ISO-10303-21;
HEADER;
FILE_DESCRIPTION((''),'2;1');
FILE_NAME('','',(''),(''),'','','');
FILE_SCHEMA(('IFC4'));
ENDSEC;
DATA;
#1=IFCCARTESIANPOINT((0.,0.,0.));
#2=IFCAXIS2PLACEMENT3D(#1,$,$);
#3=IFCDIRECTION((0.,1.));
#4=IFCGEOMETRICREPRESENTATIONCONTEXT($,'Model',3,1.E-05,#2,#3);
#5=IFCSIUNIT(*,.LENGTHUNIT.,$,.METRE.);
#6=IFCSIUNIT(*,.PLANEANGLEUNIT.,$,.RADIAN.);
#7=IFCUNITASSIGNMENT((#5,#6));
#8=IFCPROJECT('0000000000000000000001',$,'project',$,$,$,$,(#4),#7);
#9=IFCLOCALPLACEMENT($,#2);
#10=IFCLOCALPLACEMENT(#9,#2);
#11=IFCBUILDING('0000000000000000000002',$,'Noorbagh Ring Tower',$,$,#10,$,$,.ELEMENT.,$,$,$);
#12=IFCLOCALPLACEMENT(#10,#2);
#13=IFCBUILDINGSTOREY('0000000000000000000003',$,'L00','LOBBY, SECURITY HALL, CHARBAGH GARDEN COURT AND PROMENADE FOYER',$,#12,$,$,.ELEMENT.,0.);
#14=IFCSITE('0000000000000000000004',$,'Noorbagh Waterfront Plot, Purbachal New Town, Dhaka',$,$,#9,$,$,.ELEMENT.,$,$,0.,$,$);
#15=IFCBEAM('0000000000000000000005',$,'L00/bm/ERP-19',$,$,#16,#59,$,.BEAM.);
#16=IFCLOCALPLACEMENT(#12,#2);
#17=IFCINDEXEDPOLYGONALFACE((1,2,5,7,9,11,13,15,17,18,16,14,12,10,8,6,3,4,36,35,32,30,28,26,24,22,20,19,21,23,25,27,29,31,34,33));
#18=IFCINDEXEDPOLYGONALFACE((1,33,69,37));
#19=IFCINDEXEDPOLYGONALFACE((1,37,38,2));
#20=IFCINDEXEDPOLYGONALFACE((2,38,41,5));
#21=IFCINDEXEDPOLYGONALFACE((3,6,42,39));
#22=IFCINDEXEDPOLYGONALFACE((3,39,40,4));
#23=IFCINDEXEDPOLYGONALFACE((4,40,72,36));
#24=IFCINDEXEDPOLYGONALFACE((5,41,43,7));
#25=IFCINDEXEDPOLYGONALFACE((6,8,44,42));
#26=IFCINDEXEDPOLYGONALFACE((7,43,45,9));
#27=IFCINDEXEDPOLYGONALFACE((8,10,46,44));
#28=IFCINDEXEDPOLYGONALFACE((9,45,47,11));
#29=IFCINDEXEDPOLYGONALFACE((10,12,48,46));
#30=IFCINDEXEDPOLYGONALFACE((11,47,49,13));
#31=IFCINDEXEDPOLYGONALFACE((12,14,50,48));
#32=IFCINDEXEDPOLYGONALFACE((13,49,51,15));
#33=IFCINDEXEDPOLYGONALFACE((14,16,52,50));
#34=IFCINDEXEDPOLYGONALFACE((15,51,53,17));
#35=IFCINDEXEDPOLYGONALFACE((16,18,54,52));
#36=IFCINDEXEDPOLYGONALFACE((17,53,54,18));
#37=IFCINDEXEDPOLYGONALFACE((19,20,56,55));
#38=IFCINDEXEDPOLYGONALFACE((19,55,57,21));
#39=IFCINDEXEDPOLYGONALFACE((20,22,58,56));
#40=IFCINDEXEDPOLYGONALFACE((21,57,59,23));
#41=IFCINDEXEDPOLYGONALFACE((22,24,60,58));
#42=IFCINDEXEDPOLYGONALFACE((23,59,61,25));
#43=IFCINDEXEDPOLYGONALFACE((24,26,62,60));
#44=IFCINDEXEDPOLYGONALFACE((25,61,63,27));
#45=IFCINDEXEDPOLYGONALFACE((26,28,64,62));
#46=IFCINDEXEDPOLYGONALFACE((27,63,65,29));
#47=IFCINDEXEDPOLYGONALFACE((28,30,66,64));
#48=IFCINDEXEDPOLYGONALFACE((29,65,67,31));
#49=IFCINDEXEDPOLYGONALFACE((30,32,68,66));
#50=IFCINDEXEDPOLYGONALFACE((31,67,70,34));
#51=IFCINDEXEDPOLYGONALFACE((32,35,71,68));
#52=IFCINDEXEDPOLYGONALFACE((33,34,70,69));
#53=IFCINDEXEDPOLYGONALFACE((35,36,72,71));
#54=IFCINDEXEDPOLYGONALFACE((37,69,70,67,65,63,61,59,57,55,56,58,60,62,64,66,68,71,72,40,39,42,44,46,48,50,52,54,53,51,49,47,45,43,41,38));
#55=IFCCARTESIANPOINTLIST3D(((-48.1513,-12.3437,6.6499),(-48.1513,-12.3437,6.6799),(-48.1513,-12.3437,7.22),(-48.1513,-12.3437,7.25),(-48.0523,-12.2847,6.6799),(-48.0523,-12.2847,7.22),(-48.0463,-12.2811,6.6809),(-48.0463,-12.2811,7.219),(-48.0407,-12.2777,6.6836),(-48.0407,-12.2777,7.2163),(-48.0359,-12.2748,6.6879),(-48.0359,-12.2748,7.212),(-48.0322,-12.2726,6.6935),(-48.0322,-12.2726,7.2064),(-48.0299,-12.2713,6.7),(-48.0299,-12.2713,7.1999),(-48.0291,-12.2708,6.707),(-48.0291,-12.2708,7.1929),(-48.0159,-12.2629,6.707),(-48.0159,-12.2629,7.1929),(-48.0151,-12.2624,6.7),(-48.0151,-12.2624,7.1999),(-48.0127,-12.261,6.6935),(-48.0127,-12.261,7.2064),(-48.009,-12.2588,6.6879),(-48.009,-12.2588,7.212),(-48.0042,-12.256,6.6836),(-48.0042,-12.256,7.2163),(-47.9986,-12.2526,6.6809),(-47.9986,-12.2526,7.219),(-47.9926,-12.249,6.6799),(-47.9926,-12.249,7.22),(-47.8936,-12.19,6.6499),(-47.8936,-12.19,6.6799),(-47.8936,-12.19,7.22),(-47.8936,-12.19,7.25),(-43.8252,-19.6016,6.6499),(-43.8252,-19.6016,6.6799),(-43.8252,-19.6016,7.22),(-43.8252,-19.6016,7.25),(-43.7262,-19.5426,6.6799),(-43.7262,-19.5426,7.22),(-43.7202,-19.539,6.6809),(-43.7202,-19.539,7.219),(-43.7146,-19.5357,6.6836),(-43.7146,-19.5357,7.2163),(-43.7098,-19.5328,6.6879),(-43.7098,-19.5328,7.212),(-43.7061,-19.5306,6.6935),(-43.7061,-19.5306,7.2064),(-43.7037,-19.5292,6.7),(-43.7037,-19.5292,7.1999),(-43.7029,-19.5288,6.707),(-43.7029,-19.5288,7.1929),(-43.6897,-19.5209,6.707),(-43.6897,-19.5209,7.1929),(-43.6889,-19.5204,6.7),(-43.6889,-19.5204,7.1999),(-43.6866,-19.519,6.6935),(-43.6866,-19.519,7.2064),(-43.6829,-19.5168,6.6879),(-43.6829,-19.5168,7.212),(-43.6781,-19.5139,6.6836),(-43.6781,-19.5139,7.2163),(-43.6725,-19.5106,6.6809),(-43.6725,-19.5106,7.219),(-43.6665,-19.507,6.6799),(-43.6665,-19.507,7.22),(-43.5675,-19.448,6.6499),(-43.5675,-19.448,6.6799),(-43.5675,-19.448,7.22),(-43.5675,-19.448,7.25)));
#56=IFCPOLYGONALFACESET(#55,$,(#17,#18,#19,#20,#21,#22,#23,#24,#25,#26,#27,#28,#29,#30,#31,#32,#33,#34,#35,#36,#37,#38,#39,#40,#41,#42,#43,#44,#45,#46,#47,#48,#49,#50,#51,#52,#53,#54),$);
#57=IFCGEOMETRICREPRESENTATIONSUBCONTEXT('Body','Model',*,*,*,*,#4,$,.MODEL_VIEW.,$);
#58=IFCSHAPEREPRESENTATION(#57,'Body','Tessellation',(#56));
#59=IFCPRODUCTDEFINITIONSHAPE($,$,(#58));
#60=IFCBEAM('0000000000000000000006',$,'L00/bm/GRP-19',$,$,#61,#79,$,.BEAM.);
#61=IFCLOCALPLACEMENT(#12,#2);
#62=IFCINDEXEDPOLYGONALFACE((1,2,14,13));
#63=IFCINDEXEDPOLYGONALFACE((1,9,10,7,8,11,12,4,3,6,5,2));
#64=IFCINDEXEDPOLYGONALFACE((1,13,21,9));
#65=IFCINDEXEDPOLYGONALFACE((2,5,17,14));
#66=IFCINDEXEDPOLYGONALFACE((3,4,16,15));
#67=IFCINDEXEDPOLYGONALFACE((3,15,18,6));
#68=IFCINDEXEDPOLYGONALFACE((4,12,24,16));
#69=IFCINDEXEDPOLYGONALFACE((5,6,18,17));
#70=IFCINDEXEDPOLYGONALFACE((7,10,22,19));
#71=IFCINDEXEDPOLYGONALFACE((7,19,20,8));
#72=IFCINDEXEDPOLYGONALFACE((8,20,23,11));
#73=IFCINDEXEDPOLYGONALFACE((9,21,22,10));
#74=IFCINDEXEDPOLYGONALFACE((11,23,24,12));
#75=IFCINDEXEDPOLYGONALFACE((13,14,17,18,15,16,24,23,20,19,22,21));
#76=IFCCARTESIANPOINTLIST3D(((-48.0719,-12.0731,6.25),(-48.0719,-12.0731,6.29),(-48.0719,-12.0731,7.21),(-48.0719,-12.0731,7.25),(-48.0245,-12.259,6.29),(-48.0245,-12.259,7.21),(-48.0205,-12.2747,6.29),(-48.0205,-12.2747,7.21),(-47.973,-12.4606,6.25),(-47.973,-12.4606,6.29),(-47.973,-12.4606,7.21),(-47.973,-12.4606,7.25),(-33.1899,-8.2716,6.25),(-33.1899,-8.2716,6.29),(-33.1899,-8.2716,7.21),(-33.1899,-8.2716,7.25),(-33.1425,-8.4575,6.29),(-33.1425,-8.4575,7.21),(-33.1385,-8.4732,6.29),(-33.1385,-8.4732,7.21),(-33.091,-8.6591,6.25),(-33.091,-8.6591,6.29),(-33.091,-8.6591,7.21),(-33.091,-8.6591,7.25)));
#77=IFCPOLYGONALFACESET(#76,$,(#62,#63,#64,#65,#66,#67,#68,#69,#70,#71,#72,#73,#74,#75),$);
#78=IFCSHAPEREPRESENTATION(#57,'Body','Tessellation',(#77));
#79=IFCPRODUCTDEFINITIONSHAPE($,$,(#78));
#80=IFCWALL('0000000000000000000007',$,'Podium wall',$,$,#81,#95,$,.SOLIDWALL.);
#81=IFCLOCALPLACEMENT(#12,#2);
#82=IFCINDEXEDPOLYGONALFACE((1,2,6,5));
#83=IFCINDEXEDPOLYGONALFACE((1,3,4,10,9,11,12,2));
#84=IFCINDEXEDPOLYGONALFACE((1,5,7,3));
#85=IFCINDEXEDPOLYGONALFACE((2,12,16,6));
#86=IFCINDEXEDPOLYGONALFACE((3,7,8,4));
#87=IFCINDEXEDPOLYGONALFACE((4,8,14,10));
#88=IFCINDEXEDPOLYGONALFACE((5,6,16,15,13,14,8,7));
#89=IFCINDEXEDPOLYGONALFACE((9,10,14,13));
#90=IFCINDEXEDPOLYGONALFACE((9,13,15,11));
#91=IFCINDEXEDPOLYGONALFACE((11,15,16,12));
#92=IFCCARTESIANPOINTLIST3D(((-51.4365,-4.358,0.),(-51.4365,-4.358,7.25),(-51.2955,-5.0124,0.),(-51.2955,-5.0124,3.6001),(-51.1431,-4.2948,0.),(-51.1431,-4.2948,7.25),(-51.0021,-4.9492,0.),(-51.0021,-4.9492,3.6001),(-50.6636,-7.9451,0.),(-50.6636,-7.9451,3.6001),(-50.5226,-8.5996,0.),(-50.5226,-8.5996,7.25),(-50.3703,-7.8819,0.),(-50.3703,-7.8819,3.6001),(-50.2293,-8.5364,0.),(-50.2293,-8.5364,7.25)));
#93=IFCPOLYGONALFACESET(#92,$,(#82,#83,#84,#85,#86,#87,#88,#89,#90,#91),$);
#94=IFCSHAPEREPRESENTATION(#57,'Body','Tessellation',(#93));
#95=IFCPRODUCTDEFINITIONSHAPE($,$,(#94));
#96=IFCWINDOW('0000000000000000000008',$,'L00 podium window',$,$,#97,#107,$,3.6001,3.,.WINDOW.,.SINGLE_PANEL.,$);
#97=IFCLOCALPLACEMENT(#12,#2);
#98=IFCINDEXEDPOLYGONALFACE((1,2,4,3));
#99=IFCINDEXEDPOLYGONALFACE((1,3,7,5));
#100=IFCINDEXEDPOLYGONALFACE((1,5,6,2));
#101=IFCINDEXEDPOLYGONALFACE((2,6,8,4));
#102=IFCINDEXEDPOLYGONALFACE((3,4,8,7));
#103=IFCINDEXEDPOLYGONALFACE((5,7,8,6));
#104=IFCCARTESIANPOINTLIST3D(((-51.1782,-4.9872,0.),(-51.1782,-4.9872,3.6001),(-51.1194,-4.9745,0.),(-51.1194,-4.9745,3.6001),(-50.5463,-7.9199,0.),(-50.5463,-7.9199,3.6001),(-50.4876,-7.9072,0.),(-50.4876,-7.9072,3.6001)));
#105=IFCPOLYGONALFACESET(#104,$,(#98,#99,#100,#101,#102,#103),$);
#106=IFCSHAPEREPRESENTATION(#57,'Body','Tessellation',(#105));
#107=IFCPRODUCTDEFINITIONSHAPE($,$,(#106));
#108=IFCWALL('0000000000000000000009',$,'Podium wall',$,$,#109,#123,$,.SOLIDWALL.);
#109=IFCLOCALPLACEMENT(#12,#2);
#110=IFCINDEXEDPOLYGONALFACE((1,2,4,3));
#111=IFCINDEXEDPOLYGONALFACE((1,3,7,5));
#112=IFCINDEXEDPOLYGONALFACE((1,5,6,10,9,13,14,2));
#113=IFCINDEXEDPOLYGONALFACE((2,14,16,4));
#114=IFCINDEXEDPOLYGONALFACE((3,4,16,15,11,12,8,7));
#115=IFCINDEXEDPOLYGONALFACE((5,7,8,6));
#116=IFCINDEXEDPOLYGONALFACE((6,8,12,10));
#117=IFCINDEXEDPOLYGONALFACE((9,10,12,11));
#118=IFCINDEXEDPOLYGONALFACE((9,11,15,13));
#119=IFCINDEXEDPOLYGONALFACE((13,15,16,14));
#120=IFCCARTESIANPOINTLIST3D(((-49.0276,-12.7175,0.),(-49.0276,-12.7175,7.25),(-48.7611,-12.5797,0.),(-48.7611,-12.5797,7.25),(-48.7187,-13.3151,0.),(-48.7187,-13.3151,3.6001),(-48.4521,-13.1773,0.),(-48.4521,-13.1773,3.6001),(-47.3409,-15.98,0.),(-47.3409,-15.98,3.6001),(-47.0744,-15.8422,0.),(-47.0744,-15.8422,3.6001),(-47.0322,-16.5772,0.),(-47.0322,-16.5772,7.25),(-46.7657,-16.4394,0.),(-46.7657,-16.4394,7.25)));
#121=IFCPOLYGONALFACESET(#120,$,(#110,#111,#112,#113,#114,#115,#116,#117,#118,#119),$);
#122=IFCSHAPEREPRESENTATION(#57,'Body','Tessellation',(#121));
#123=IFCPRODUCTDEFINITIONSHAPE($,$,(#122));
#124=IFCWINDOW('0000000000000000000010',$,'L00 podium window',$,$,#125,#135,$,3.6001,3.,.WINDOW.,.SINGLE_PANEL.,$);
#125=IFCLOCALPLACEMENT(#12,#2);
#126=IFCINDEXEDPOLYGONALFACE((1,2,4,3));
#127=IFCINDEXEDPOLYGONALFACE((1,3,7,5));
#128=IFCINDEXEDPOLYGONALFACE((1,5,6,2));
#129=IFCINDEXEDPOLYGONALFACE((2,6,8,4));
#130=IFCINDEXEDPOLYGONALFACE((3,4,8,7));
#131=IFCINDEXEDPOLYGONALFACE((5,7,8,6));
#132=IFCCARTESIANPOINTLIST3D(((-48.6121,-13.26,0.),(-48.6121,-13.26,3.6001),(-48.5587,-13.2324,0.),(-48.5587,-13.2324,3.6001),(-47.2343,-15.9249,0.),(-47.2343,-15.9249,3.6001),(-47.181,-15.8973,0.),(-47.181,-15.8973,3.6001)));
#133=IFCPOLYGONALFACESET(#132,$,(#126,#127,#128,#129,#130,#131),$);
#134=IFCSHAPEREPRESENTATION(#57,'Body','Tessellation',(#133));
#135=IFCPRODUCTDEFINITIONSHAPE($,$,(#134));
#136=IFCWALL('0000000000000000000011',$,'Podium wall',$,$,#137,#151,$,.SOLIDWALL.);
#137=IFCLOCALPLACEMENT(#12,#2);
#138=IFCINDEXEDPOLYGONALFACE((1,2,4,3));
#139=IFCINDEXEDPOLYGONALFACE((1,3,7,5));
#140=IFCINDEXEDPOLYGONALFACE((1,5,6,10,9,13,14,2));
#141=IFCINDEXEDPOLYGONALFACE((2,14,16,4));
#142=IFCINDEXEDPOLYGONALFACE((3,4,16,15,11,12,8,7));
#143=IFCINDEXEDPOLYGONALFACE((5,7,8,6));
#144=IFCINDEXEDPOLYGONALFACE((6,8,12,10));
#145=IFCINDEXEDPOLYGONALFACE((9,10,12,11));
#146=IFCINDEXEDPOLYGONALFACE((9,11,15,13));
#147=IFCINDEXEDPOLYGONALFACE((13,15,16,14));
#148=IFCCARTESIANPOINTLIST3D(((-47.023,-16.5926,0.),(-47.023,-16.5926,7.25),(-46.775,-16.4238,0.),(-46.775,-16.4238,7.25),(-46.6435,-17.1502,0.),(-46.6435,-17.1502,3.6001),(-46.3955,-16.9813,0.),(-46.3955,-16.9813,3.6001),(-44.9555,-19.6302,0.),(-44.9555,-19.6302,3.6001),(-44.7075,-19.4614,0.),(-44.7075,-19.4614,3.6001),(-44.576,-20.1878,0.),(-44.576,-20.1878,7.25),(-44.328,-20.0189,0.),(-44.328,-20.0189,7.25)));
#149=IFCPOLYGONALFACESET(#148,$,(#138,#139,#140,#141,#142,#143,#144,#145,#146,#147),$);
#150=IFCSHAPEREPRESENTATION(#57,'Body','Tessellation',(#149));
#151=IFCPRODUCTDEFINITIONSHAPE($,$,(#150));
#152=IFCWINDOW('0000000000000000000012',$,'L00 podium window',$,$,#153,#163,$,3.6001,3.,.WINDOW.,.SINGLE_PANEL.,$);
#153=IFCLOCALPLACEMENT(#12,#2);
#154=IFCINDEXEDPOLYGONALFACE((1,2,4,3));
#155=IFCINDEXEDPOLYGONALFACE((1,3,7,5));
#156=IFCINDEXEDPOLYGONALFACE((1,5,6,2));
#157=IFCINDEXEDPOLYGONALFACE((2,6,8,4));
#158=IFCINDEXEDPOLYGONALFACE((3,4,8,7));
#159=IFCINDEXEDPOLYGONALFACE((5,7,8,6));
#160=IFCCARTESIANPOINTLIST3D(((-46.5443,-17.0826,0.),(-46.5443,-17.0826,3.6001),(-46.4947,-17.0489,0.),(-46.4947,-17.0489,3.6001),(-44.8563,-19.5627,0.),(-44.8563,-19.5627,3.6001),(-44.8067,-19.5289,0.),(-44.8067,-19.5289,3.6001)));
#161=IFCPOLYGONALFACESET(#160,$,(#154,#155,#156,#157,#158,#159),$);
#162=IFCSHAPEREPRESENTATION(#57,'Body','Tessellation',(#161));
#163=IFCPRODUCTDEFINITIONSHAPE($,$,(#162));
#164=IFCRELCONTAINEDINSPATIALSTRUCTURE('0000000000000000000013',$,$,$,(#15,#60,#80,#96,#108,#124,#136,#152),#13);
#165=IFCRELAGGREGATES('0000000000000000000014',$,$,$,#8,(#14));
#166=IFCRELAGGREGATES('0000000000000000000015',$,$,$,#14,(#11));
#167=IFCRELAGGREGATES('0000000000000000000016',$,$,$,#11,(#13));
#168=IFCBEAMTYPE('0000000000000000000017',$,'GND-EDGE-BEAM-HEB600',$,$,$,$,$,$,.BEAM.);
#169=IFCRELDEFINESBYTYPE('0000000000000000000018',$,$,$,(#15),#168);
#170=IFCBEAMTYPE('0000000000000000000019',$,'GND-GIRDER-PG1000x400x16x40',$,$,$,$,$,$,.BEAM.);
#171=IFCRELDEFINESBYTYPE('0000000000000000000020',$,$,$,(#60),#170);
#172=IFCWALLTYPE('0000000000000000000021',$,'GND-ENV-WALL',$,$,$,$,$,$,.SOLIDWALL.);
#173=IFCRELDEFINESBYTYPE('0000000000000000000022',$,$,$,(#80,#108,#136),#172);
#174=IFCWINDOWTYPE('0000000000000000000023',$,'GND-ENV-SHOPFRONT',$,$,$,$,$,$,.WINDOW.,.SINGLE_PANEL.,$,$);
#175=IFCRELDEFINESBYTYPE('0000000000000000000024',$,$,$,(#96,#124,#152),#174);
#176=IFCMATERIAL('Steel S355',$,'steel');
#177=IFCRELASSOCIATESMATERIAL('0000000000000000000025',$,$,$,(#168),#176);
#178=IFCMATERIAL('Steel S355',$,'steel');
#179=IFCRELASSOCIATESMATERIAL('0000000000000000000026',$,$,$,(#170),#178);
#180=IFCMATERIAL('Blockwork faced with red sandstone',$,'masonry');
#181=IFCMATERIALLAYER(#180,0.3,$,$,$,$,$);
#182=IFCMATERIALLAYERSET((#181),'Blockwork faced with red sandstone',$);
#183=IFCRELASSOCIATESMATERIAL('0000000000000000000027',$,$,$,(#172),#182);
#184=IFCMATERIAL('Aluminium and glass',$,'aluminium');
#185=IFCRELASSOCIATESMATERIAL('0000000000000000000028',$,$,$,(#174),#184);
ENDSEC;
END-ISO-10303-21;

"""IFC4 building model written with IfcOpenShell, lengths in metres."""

from ifc_helpers import new_model, si_unit, direction, frame, frame_2d, origin, origin_2d, place, context, subcontext, project, spatial, rectangle, i_section, extrude, material, layer, layer_set, material_profile, profile_set, type_object, element, fill, save


model = new_model("IFC4")

# Units and contexts
model_context = context("Model", 3, precision=1e-05, world=origin(), true_north=direction((0.0, 1.0)))
body_context = subcontext(model_context, "Body", "Model", "MODEL_VIEW")
ifc_project = project(units=[si_unit("LENGTHUNIT", "METRE"), si_unit("PLANEANGLEUNIT", "RADIAN")], contexts=[model_context])

# Site, building, storey
site_placement = place(None, origin())
site = spatial("IfcSite", under=ifc_project, at=site_placement, Name="Noorbagh Waterfront Plot, Purbachal New Town, Dhaka", CompositionType="ELEMENT", RefElevation=0.0)
building_placement = place(site_placement, origin())
building = spatial("IfcBuilding", under=site, at=building_placement, Name="Noorbagh Ring Tower", CompositionType="ELEMENT")
storey_placement = place(building_placement, origin())
storey = spatial("IfcBuildingStorey", under=building, at=storey_placement, Name="L00", Description="LOBBY, SECURITY HALL, CHARBAGH GARDEN COURT AND PROMENADE FOYER", CompositionType="ELEMENT", Elevation=0.0)

# Beams
ifc_material_1 = material(Name="Steel S355", Category="steel")
ifc_material_profile_1 = material_profile(ifc_material_1, i_section(OverallWidth=0.3, OverallDepth=0.6001, WebThickness=0.0154, FlangeThickness=0.03, FilletRadius=0.0271, at=origin_2d()), Name="HEB600")
ifc_profile_set_1 = profile_set([ifc_material_profile_1], Name="Steel S355")
beam_type_1 = type_object("IfcBeamType", Name="GND-EDGE-BEAM-HEB600", PredefinedType="BEAM", material=ifc_profile_set_1)
beam_1_placement = place(storey_placement, frame((-48.0225, -12.2668, 6.95), z_axis=(0.511999, -0.858986, 0.0), x_axis=(0.858986, 0.511999, 0.0)))
element("IfcBeam", 1, at=beam_1_placement, inside=storey, type_object=beam_type_1, Name="L00/bm/ERP-19", PredefinedType="BEAM", context=body_context, shape_type="SweptSolid", body=[
    extrude(i_section(OverallWidth=0.3, OverallDepth=0.6001, WebThickness=0.0154, FlangeThickness=0.03, FilletRadius=0.0271, at=origin_2d()), origin(), (0.0, 0.0, 1.0), 8.4495),
])
ifc_material_2 = material(Name="Steel S355", Category="steel")
ifc_material_profile_2 = material_profile(ifc_material_2, i_section(OverallWidth=0.3999, OverallDepth=1.0, WebThickness=0.0161, FlangeThickness=0.04, at=origin_2d()), Name="PG1000x400x16x40")
ifc_profile_set_2 = profile_set([ifc_material_profile_2], Name="Steel S355")
beam_type_2 = type_object("IfcBeamType", Name="GND-GIRDER-PG1000x400x16x40", PredefinedType="BEAM", material=ifc_profile_set_2)
beam_2_placement = place(storey_placement, frame((-48.0225, -12.2668, 6.75), z_axis=(0.968889, 0.247495, 0.0), x_axis=(-0.247495, 0.968889, 0.0)))
element("IfcBeam", 2, at=beam_2_placement, inside=storey, type_object=beam_type_2, Name="L00/bm/GRP-19", PredefinedType="BEAM", context=body_context, shape_type="SweptSolid", body=[
    extrude(i_section(OverallWidth=0.3999, OverallDepth=1.0, WebThickness=0.0161, FlangeThickness=0.04, at=origin_2d()), origin(), (0.0, 0.0, 1.0), 15.3599),
])

# Wall, opening, window
ifc_material_3 = material(Name="Blockwork faced with red sandstone", Category="masonry")
ifc_layer_1 = layer(ifc_material_3, 0.3)
ifc_layer_set_1 = layer_set([ifc_layer_1], Name="Blockwork faced with red sandstone")
wall_type_1 = type_object("IfcWallType", Name="GND-ENV-WALL", PredefinedType="SOLIDWALL", material=ifc_layer_set_1)
wall_1_placement = place(storey_placement, frame((-51.2898, -4.3264, 0.0), z_axis=(0.0, 0.0, 1.0), x_axis=(0.210616, -0.977569, 0.0)))
wall_1 = element("IfcWall", 3, at=wall_1_placement, inside=storey, type_object=wall_type_1, Name="Podium wall", PredefinedType="SOLIDWALL", context=body_context, shape_type="SweptSolid", body=[
    extrude(rectangle(XDim=4.3389, YDim=0.3, at=frame_2d((2.1694, 0.0))), origin(), (0.0, 0.0, 1.0), 7.25),
])
opening_1_placement = place(wall_1_placement, frame((0.6694, 0.0, 0.0)))
opening_1 = element("IfcOpeningElement", 4, at=opening_1_placement, cuts=wall_1, PredefinedType="OPENING", context=body_context, shape_type="SweptSolid", body=[
    extrude(rectangle(XDim=3.0, YDim=3.6001, at=frame_2d((1.5, 1.8))), frame((0.0, 0.1602, 0.0), z_axis=(0.0, -1.0, 0.0), x_axis=(1.0, 0.0, 0.0)), (0.0, 0.0, 1.0), 0.3201),
])
ifc_material_4 = material(Name="Aluminium and glass", Category="aluminium")
window_type = type_object("IfcWindowType", Name="GND-ENV-SHOPFRONT", PartitioningType="SINGLE_PANEL", PredefinedType="WINDOW", material=ifc_material_4)
window_1_placement = place(opening_1_placement, origin())
window_1 = element("IfcWindow", 5, at=window_1_placement, inside=storey, type_object=window_type, Name="L00 podium window", OverallHeight=3.6001, OverallWidth=3.0, PartitioningType="SINGLE_PANEL", PredefinedType="WINDOW", context=body_context, shape_type="SweptSolid", body=[
    extrude(rectangle(XDim=3.0, YDim=3.6001, at=frame_2d((1.5, 1.8))), frame((0.0, 0.03, 0.0), z_axis=(0.0, -1.0, 0.0), x_axis=(1.0, 0.0, 0.0)), (0.0, 0.0, 1.0), 0.0601),
])
fill(opening_1, window_1)

# Walls, openings, windows
wall_2_placement = place(storey_placement, frame((-48.8943, -12.6487, 0.0), z_axis=(0.0, 0.0, 1.0), x_axis=(0.459243, -0.888311, 0.0)))
wall_2 = element("IfcWall", 6, at=wall_2_placement, inside=storey, type_object=wall_type_1, Name="Podium wall", PredefinedType="SOLIDWALL", context=body_context, shape_type="SweptSolid", body=[
    extrude(rectangle(XDim=4.345, YDim=0.3, at=frame_2d((2.1724, 0.0))), origin(), (0.0, 0.0, 1.0), 7.25),
])
opening_2_placement = place(wall_2_placement, frame((0.6726, 0.0, 0.0)))
opening_2 = element("IfcOpeningElement", 7, at=opening_2_placement, cuts=wall_2, PredefinedType="OPENING", context=body_context, shape_type="SweptSolid", body=[
    extrude(rectangle(XDim=3.0, YDim=3.6001, at=frame_2d((1.5, 1.8))), frame((0.0, 0.1602, 0.0), z_axis=(0.0, -1.0, 0.0), x_axis=(1.0, 0.0, 0.0)), (0.0, 0.0, 1.0), 0.3201),
])
window_2_placement = place(opening_2_placement, origin())
window_2 = element("IfcWindow", 8, at=window_2_placement, inside=storey, type_object=window_type, Name="L00 podium window", OverallHeight=3.6001, OverallWidth=3.0, PartitioningType="SINGLE_PANEL", PredefinedType="WINDOW", context=body_context, shape_type="SweptSolid", body=[
    extrude(rectangle(XDim=3.0, YDim=3.6001, at=frame_2d((1.5, 1.8))), frame((0.0, 0.03, 0.0), z_axis=(0.0, -1.0, 0.0), x_axis=(1.0, 0.0, 0.0)), (0.0, 0.0, 1.0), 0.0601),
])
fill(opening_2, window_2)
wall_3_placement = place(storey_placement, frame((-46.8989, -16.5083, 0.0), z_axis=(0.0, 0.0, 1.0), x_axis=(0.562668, -0.826683, 0.0)))
wall_3 = element("IfcWall", 9, at=wall_3_placement, inside=storey, type_object=wall_type_1, Name="Podium wall", PredefinedType="SOLIDWALL", context=body_context, shape_type="SweptSolid", body=[
    extrude(rectangle(XDim=4.3489, YDim=0.3, at=frame_2d((2.1743, 0.0))), origin(), (0.0, 0.0, 1.0), 7.25),
])
opening_3_placement = place(wall_3_placement, frame((0.6743, 0.0, 0.0)))
opening_3 = element("IfcOpeningElement", 10, at=opening_3_placement, cuts=wall_3, PredefinedType="OPENING", context=body_context, shape_type="SweptSolid", body=[
    extrude(rectangle(XDim=3.0, YDim=3.6001, at=frame_2d((1.5, 1.8))), frame((0.0, 0.1602, 0.0), z_axis=(0.0, -1.0, 0.0), x_axis=(1.0, 0.0, 0.0)), (0.0, 0.0, 1.0), 0.3201),
])
window_3_placement = place(opening_3_placement, origin())
window_3 = element("IfcWindow", 11, at=window_3_placement, inside=storey, type_object=window_type, Name="L00 podium window", OverallHeight=3.6001, OverallWidth=3.0, PartitioningType="SINGLE_PANEL", PredefinedType="WINDOW", context=body_context, shape_type="SweptSolid", body=[
    extrude(rectangle(XDim=3.0, YDim=3.6001, at=frame_2d((1.5, 1.8))), frame((0.0, 0.03, 0.0), z_axis=(0.0, -1.0, 0.0), x_axis=(1.0, 0.0, 0.0)), (0.0, 0.0, 1.0), 0.0601),
])
fill(opening_3, window_3)

save(model, "model.ifc")
